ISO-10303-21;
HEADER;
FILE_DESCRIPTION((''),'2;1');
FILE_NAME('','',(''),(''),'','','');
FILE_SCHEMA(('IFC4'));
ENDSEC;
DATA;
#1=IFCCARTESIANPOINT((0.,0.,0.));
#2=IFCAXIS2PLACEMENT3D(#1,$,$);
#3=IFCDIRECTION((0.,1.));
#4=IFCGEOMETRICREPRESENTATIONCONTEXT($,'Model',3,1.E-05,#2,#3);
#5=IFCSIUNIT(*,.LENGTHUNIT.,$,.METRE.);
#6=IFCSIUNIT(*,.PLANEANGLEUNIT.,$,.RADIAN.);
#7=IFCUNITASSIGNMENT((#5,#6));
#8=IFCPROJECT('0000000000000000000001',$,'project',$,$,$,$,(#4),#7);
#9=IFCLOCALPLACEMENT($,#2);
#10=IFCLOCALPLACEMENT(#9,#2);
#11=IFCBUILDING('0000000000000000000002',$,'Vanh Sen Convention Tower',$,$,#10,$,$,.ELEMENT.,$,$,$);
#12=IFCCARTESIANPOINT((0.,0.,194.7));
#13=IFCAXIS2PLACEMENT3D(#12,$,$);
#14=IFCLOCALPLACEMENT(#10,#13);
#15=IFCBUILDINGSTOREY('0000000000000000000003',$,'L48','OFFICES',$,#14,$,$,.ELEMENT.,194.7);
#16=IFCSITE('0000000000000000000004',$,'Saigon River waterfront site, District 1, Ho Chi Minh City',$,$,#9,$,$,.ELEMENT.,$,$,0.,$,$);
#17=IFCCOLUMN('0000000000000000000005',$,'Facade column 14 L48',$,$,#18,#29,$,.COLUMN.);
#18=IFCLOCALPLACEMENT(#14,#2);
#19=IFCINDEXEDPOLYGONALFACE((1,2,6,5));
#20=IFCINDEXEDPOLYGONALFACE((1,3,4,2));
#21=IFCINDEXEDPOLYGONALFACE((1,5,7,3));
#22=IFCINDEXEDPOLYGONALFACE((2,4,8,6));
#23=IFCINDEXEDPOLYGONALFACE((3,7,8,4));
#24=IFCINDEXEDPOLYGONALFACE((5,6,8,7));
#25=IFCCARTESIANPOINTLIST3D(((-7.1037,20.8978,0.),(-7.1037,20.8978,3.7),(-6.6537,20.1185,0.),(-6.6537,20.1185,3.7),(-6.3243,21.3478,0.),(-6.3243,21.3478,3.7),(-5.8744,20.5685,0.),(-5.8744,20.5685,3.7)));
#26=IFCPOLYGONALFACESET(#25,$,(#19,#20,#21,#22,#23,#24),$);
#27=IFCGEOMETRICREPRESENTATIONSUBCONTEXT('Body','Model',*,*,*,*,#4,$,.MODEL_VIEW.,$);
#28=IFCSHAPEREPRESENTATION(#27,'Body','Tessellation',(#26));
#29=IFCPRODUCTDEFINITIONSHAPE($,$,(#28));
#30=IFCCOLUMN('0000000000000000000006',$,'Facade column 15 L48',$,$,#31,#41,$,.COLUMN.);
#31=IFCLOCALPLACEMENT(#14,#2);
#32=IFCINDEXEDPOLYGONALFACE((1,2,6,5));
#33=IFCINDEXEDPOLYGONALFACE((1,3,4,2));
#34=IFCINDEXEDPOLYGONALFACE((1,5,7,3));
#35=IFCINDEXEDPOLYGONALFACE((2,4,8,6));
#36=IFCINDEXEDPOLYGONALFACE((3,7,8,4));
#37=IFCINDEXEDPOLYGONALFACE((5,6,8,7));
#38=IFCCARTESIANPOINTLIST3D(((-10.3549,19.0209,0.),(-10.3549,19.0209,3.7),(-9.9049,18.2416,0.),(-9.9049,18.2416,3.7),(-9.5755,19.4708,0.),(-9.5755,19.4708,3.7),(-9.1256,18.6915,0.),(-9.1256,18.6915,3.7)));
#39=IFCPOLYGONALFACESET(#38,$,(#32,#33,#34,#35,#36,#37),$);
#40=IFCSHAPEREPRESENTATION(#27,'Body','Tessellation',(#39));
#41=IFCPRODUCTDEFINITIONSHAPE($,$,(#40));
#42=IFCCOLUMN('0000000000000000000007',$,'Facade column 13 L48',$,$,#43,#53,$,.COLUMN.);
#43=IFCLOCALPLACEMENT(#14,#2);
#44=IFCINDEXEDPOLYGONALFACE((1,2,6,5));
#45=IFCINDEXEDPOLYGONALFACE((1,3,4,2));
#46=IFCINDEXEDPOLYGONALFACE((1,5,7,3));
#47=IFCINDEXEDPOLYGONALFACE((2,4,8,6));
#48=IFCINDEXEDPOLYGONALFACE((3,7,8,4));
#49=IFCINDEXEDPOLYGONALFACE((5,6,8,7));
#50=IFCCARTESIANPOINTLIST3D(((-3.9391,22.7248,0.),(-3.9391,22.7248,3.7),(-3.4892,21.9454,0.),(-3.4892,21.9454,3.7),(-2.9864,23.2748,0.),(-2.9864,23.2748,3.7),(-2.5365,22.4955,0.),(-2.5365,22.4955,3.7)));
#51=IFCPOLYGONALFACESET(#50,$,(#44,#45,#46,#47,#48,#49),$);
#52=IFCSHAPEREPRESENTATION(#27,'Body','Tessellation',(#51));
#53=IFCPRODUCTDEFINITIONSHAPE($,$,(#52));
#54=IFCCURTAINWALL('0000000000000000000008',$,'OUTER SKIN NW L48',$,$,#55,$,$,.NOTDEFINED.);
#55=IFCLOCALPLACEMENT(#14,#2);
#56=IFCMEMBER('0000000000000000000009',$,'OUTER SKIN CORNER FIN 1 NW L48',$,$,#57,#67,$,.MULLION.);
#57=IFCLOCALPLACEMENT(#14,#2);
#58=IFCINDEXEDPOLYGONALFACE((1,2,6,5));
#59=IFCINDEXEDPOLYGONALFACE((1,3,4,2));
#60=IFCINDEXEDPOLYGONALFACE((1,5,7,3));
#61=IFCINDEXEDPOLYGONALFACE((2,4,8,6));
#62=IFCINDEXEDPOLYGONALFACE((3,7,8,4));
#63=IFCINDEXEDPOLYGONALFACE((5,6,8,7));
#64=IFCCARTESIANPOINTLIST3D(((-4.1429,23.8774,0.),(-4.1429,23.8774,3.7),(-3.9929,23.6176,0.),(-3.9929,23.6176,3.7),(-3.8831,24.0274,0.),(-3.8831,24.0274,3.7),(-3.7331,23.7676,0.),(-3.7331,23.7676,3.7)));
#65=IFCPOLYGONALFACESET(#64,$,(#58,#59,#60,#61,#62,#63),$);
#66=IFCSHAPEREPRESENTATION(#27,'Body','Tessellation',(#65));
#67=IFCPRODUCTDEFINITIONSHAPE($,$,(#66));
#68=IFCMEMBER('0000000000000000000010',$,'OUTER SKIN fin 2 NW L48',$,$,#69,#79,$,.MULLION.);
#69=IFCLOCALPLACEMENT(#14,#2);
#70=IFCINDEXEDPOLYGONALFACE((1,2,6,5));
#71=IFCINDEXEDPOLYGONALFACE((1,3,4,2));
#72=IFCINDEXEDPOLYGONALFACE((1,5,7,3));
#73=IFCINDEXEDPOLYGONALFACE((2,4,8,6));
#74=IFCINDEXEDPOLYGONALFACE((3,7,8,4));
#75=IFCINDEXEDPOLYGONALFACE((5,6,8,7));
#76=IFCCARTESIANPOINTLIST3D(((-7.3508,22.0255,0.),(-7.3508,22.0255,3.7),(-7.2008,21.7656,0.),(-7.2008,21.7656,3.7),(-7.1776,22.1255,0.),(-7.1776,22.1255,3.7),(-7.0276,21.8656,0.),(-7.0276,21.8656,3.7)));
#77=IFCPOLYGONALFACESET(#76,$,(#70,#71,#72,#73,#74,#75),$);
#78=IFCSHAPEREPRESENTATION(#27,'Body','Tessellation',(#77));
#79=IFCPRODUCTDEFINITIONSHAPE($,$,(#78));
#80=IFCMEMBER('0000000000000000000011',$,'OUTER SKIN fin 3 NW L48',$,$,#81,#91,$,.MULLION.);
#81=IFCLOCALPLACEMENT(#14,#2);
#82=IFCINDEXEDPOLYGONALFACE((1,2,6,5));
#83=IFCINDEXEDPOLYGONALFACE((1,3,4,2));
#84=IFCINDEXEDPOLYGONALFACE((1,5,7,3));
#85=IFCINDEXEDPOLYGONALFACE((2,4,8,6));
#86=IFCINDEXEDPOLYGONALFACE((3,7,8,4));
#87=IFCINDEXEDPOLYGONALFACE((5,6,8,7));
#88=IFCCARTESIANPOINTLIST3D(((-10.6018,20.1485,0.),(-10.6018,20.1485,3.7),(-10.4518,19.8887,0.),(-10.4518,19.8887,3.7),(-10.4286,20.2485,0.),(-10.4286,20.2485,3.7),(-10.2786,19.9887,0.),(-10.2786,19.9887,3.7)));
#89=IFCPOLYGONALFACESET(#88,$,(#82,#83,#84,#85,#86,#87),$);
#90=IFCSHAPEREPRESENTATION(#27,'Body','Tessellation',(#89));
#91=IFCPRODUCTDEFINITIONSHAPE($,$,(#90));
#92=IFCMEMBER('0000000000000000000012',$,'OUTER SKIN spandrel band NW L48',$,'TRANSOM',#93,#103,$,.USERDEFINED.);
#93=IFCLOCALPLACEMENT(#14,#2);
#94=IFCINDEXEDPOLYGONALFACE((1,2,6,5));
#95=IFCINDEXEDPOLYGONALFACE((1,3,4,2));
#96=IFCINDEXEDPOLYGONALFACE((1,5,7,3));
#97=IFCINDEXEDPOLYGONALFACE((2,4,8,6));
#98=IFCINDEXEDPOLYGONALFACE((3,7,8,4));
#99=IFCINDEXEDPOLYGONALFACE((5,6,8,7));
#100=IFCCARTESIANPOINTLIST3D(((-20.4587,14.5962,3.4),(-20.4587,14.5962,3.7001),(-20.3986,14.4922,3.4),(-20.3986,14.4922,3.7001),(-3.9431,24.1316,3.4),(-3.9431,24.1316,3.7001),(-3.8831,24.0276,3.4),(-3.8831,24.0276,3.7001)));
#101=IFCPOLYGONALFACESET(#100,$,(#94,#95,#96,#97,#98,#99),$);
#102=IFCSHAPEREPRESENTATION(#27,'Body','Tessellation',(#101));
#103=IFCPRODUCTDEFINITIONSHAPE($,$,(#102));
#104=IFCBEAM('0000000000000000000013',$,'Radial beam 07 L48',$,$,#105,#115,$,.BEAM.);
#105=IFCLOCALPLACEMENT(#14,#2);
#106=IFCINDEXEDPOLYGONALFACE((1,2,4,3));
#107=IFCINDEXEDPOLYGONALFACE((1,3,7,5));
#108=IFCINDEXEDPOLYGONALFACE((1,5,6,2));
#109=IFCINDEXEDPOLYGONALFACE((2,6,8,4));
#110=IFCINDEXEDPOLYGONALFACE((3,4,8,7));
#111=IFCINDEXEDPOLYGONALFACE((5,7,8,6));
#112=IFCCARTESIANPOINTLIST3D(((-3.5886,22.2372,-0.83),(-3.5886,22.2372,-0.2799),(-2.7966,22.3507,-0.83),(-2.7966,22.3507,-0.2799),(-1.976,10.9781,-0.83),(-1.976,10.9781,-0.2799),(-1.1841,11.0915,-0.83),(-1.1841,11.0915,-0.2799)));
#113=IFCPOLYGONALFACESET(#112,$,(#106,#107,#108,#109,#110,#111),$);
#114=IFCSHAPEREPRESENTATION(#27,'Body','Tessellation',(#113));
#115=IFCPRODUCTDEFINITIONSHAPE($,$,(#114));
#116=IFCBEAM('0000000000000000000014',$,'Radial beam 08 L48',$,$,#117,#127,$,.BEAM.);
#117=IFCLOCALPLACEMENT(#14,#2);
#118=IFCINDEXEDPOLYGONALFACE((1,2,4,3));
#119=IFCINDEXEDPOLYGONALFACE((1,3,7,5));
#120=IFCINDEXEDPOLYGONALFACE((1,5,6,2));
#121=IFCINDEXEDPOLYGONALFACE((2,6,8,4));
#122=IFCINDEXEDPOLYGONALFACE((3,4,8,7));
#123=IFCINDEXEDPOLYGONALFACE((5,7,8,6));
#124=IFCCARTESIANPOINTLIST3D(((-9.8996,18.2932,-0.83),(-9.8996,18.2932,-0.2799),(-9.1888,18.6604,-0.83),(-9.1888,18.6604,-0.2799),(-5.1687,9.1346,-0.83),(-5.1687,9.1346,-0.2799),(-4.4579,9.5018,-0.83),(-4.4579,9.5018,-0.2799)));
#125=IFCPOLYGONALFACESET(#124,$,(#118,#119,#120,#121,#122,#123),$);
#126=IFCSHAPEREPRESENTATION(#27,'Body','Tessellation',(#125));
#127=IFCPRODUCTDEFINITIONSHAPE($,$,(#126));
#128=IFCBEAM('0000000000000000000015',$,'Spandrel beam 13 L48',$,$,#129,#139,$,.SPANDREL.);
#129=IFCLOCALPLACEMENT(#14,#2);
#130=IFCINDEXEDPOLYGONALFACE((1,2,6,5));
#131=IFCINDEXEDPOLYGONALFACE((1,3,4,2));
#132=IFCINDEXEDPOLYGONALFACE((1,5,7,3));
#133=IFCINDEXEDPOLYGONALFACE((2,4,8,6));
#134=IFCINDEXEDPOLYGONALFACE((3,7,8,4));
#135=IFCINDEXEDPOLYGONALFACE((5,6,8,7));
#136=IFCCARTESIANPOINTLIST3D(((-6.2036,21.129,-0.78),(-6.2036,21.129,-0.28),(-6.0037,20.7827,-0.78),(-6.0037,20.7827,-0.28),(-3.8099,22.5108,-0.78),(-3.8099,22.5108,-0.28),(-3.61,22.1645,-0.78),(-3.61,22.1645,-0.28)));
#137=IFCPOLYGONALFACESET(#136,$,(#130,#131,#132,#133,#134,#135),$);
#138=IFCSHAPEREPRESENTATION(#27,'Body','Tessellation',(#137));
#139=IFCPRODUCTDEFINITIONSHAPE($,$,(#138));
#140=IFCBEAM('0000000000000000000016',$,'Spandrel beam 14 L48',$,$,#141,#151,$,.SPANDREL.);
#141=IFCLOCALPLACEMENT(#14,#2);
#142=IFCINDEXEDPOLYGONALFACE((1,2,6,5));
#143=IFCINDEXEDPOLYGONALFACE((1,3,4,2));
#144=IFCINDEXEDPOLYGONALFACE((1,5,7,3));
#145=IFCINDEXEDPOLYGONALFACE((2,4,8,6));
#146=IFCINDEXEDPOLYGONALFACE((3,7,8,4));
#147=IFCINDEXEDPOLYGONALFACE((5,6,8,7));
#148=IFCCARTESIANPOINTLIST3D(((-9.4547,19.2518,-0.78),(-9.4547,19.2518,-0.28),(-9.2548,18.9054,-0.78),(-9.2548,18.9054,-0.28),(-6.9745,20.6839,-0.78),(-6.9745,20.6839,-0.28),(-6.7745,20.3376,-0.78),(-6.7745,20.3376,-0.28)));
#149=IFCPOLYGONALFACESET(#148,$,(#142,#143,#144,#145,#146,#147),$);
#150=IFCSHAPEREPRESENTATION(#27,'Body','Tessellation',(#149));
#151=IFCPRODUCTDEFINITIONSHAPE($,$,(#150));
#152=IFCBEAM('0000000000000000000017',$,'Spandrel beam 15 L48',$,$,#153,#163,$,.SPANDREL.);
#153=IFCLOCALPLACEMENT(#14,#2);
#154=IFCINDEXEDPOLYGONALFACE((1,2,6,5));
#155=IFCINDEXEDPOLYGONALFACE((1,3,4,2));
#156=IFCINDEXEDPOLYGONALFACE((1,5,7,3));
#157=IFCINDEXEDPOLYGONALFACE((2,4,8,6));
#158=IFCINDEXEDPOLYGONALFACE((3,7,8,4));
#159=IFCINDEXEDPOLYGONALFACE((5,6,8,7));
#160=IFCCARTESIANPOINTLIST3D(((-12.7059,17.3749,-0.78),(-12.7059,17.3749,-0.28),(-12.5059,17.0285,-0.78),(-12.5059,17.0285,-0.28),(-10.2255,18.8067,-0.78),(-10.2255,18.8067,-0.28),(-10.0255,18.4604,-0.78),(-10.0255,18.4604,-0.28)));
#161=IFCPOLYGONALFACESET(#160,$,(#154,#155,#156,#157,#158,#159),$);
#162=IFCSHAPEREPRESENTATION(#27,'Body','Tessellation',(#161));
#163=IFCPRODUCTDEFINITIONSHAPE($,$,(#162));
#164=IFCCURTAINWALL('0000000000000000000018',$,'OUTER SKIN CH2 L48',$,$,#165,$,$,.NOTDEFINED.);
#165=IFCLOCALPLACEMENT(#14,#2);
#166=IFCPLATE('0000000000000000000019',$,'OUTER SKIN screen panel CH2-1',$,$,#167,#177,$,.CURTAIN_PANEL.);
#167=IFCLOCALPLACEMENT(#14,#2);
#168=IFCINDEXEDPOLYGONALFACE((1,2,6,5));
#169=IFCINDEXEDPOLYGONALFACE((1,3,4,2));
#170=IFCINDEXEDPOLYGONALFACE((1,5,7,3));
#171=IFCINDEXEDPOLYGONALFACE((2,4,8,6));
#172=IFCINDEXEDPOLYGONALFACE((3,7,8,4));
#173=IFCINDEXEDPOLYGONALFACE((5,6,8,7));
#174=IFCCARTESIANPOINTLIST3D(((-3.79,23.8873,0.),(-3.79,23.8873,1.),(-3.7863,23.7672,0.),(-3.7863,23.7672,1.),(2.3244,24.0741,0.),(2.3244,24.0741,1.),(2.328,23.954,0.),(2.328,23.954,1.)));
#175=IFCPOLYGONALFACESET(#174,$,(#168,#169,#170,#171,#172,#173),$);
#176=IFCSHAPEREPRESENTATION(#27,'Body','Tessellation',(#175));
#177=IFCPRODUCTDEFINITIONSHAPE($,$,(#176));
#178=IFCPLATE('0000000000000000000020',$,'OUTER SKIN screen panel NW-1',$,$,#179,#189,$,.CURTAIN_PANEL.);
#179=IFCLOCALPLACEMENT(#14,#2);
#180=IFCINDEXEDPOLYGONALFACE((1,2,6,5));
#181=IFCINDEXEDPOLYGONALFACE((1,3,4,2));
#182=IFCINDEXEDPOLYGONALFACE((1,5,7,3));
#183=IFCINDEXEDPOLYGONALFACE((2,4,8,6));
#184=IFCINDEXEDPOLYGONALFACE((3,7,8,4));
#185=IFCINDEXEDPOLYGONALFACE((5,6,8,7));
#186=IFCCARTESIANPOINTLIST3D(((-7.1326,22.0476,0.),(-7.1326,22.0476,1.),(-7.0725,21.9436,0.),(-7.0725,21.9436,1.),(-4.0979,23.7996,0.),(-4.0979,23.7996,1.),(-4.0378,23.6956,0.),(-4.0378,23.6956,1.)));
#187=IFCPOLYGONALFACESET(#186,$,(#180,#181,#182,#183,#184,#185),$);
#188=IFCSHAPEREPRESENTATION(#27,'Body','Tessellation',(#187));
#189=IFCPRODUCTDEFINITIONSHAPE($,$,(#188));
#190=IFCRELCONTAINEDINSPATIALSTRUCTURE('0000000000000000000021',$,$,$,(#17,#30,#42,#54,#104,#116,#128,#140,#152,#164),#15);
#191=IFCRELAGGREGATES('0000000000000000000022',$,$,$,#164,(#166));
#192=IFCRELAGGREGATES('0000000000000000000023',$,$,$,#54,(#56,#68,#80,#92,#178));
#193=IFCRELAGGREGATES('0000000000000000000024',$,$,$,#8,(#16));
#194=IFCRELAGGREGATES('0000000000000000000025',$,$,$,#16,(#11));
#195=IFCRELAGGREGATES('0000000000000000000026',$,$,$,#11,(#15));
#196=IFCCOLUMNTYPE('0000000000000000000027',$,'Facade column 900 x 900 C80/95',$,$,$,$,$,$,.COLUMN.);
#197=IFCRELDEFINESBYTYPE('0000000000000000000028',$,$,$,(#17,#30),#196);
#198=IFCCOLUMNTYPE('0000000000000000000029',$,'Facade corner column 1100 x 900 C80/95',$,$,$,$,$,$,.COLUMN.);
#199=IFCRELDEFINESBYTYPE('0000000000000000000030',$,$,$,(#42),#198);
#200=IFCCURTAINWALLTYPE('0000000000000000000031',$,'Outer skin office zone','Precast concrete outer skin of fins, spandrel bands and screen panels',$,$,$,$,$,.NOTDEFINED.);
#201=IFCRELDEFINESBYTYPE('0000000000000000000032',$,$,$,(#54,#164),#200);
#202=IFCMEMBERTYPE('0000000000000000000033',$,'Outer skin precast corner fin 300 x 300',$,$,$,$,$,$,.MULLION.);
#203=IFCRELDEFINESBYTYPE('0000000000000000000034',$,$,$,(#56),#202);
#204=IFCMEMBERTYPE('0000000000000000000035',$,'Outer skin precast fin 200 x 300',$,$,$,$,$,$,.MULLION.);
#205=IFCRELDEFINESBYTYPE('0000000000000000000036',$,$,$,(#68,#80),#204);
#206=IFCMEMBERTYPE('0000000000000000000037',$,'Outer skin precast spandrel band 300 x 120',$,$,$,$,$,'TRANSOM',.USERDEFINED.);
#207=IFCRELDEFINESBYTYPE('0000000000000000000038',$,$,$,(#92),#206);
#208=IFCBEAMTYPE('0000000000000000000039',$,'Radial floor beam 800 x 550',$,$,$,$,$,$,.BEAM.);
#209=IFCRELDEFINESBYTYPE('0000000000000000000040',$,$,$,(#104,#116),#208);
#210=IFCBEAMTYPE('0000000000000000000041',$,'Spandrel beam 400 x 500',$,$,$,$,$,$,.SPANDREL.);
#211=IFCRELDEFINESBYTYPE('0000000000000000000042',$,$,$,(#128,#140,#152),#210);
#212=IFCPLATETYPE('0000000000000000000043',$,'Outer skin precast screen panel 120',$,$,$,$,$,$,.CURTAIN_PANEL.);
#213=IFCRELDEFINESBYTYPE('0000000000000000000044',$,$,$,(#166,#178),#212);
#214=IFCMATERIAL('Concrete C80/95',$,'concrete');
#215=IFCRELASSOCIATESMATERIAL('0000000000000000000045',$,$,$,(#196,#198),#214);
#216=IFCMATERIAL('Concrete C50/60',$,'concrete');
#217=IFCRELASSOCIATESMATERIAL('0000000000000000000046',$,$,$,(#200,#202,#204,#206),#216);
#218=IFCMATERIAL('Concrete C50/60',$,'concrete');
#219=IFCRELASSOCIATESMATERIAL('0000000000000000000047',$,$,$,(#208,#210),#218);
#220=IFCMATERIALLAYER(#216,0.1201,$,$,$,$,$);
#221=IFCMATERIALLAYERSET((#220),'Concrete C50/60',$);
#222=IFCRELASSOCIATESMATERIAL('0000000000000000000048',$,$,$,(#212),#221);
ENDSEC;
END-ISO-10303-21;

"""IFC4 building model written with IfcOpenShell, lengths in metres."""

from ifc_helpers import new_model, si_unit, direction, frame, origin, origin_2d, place, context, subcontext, project, spatial, rectangle, extrude, material, layer, layer_set, material_profile, profile_set, type_object, element, aggregate, save


model = new_model("IFC4")

# Units and contexts
model_context = context("Model", 3, precision=1e-05, world=origin(), true_north=direction((0.0, 1.0)))
body_context = subcontext(model_context, "Body", "Model", "MODEL_VIEW")
ifc_project = project(units=[si_unit("LENGTHUNIT", "METRE"), si_unit("PLANEANGLEUNIT", "RADIAN")], contexts=[model_context])

# Site, building, storey
site_placement = place(None, origin())
site = spatial("IfcSite", under=ifc_project, at=site_placement, Name="Saigon River waterfront site, District 1, Ho Chi Minh City", CompositionType="ELEMENT", RefElevation=0.0)
building_placement = place(site_placement, origin())
building = spatial("IfcBuilding", under=site, at=building_placement, Name="Vanh Sen Convention Tower", CompositionType="ELEMENT")
storey_placement = place(building_placement, frame((0.0, 0.0, 194.7)))
storey = spatial("IfcBuildingStorey", under=building, at=storey_placement, Name="L48", Description="OFFICES", CompositionType="ELEMENT", Elevation=194.7)

# Columns
ifc_material_1 = material(Name="Concrete C80/95", Category="concrete")
ifc_material_profile_1 = material_profile(ifc_material_1, rectangle(XDim=0.8999, YDim=0.8999, at=origin_2d()), Name="RC 900X900")
ifc_profile_set_1 = profile_set([ifc_material_profile_1], Name="Concrete C80/95")
column_type_1 = type_object("IfcColumnType", Name="Facade column 900 x 900 C80/95", PredefinedType="COLUMN", material=ifc_profile_set_1)
for number, where, z_axis, x_axis, name in (
    (1, (-6.489, 20.7332, 0.0), (0.0, 0.0, 1.0), (-0.866025, -0.5, 0.0), "Facade column 14 L48"),
    (2, (-9.7402, 18.8562, 0.0), (0.0, 0.0, 1.0), (-0.866025, -0.5, 0.0), "Facade column 15 L48"),
):
    element("IfcColumn", number, at=place(storey_placement, frame(where, z_axis=z_axis, x_axis=x_axis)), inside=storey, type_object=column_type_1, Name=name, PredefinedType="COLUMN", context=body_context, shape_type="SweptSolid", body=[
        extrude(rectangle(XDim=0.8999, YDim=0.8999, at=origin_2d()), origin(), (0.0, 0.0, 1.0), 3.7),
    ])
ifc_material_profile_2 = material_profile(ifc_material_1, rectangle(XDim=1.1001, YDim=0.8999, at=origin_2d()), Name="RC 1100X900")
ifc_profile_set_2 = profile_set([ifc_material_profile_2], Name="Concrete C80/95")
column_type_2 = type_object("IfcColumnType", Name="Facade corner column 1100 x 900 C80/95", PredefinedType="COLUMN", material=ifc_profile_set_2)
column_placement = place(storey_placement, frame((-3.2378, 22.6101, 0.0), z_axis=(0.0, 0.0, 1.0), x_axis=(-0.866025, -0.5, 0.0)))
element("IfcColumn", 3, at=column_placement, inside=storey, type_object=column_type_2, Name="Facade column 13 L48", PredefinedType="COLUMN", context=body_context, shape_type="SweptSolid", body=[
    extrude(rectangle(XDim=1.1001, YDim=0.8999, at=origin_2d()), origin(), (0.0, 0.0, 1.0), 3.7),
])

# Curtain wall, members
ifc_material_2 = material(Name="Concrete C50/60", Category="concrete")
curtain_wall_type = type_object("IfcCurtainWallType", Name="Outer skin office zone", Description="Precast concrete outer skin of fins, spandrel bands and screen panels", PredefinedType="NOTDEFINED", material=ifc_material_2)
curtain_wall_1_placement = place(storey_placement, origin())
curtain_wall_1 = element("IfcCurtainWall", 4, at=curtain_wall_1_placement, inside=storey, type_object=curtain_wall_type, Name="OUTER SKIN NW L48", PredefinedType="NOTDEFINED")
ifc_material_profile_3 = material_profile(ifc_material_2, rectangle(XDim=0.3, YDim=0.3, at=origin_2d()), Name="Outer skin precast corner fin 300 x 300")
ifc_profile_set_3 = profile_set([ifc_material_profile_3], Name="Concrete C50/60")
member_type_1 = type_object("IfcMemberType", Name="Outer skin precast corner fin 300 x 300", PredefinedType="MULLION", material=ifc_profile_set_3)
member_1_placement = place(storey_placement, frame((-3.938, 23.8225, 0.0), z_axis=(0.0, 0.0, 1.0), x_axis=(-0.866025, -0.5, 0.0)))
member_1 = element("IfcMember", 5, at=member_1_placement, type_object=member_type_1, Name="OUTER SKIN CORNER FIN 1 NW L48", PredefinedType="MULLION", context=body_context, shape_type="SweptSolid", body=[
    extrude(rectangle(XDim=0.3, YDim=0.3, at=origin_2d()), origin(), (0.0, 0.0, 1.0), 3.7),
])
ifc_material_profile_4 = material_profile(ifc_material_2, rectangle(XDim=0.2, YDim=0.3, at=origin_2d()), Name="Outer skin precast fin 200 x 300")
ifc_profile_set_4 = profile_set([ifc_material_profile_4], Name="Concrete C50/60")
member_type_2 = type_object("IfcMemberType", Name="Outer skin precast fin 200 x 300", PredefinedType="MULLION", material=ifc_profile_set_4)
member_2_placement = place(storey_placement, frame((-7.1892, 21.9456, 0.0), z_axis=(0.0, 0.0, 1.0), x_axis=(-0.866025, -0.5, 0.0)))
member_2 = element("IfcMember", 6, at=member_2_placement, type_object=member_type_2, Name="OUTER SKIN fin 2 NW L48", PredefinedType="MULLION", context=body_context, shape_type="SweptSolid", body=[
    extrude(rectangle(XDim=0.2, YDim=0.3, at=origin_2d()), origin(), (0.0, 0.0, 1.0), 3.7),
])
member_3_placement = place(storey_placement, frame((-10.4402, 20.0686, 0.0), z_axis=(0.0, 0.0, 1.0), x_axis=(-0.866025, -0.5, 0.0)))
member_3 = element("IfcMember", 7, at=member_3_placement, type_object=member_type_2, Name="OUTER SKIN fin 3 NW L48", PredefinedType="MULLION", context=body_context, shape_type="SweptSolid", body=[
    extrude(rectangle(XDim=0.2, YDim=0.3, at=origin_2d()), origin(), (0.0, 0.0, 1.0), 3.7),
])
ifc_material_profile_5 = material_profile(ifc_material_2, rectangle(XDim=0.1201, YDim=0.3, at=origin_2d()), Name="Outer skin precast spandrel band 300 x 120")
ifc_profile_set_5 = profile_set([ifc_material_profile_5], Name="Concrete C50/60")
member_type_3 = type_object("IfcMemberType", Name="Outer skin precast spandrel band 300 x 120", ElementType="TRANSOM", PredefinedType="USERDEFINED", material=ifc_profile_set_5)
member_4_placement = place(storey_placement, frame((-3.9131, 24.0796, 3.55), z_axis=(-0.866023, -0.500004, 0.0), x_axis=(0.500004, -0.866023, 0.0)))
member_4 = element("IfcMember", 8, at=member_4_placement, type_object=member_type_3, Name="OUTER SKIN spandrel band NW L48", ObjectType="TRANSOM", PredefinedType="USERDEFINED", context=body_context, shape_type="SweptSolid", body=[
    extrude(rectangle(XDim=0.1201, YDim=0.3, at=origin_2d()), origin(), (0.0, 0.0, 1.0), 19.0706),
])

# Beams
ifc_material_3 = material(Name="Concrete C50/60", Category="concrete")
ifc_material_profile_6 = material_profile(ifc_material_3, rectangle(XDim=0.8, YDim=0.55, at=origin_2d()), Name="RC 800X550")
ifc_profile_set_6 = profile_set([ifc_material_profile_6], Name="Concrete C50/60")
beam_type_1 = type_object("IfcBeamType", Name="Radial floor beam 800 x 550", PredefinedType="BEAM", material=ifc_profile_set_6)
beam_1_placement = place(storey_placement, frame((-3.1926, 22.2939, -0.5549), z_axis=(0.141776, -0.989899, 0.0), x_axis=(0.989899, 0.141776, 0.0)))
element("IfcBeam", 9, at=beam_1_placement, inside=storey, type_object=beam_type_1, Name="Radial beam 07 L48", PredefinedType="BEAM", context=body_context, shape_type="SweptSolid", body=[
    extrude(rectangle(XDim=0.8, YDim=0.55, at=origin_2d()), origin(), (0.0, 0.0, 1.0), 11.374),
])
beam_2_placement = place(storey_placement, frame((-9.5442, 18.4768, -0.5549), z_axis=(0.458941, -0.888467, 0.0), x_axis=(0.888467, 0.458941, 0.0)))
element("IfcBeam", 10, at=beam_2_placement, inside=storey, type_object=beam_type_1, Name="Radial beam 08 L48", PredefinedType="BEAM", context=body_context, shape_type="SweptSolid", body=[
    extrude(rectangle(XDim=0.8, YDim=0.55, at=origin_2d()), origin(), (0.0, 0.0, 1.0), 10.3083),
])
ifc_material_profile_7 = material_profile(ifc_material_3, rectangle(XDim=0.3999, YDim=0.5, at=origin_2d()), Name="RC 400X500")
ifc_profile_set_7 = profile_set([ifc_material_profile_7], Name="Concrete C50/60")
beam_type_2 = type_object("IfcBeamType", Name="Spandrel beam 400 x 500", PredefinedType="SPANDREL", material=ifc_profile_set_7)
beam_3_placement = place(storey_placement, frame((-3.71, 22.3376, -0.53), z_axis=(-0.866061, -0.499939, 0.0), x_axis=(0.499939, -0.866061, 0.0)))
element("IfcBeam", 11, at=beam_3_placement, inside=storey, type_object=beam_type_2, Name="Spandrel beam 13 L48", PredefinedType="SPANDREL", context=body_context, shape_type="SweptSolid", body=[
    extrude(rectangle(XDim=0.3999, YDim=0.5, at=origin_2d()), origin(), (0.0, 0.0, 1.0), 2.7639),
])
for number, where, z_axis, x_axis, name in (
    (12, (-6.8745, 20.5107, -0.53), (-0.866, -0.500045, 0.0), (0.500045, -0.866, 0.0), "Spandrel beam 14 L48"),
    (13, (-10.1255, 18.6335, -0.53), (-0.866058, -0.499944, 0.0), (0.499944, -0.866058, 0.0), "Spandrel beam 15 L48"),
):
    element("IfcBeam", number, at=place(storey_placement, frame(where, z_axis=z_axis, x_axis=x_axis)), inside=storey, type_object=beam_type_2, Name=name, PredefinedType="SPANDREL", context=body_context, shape_type="SweptSolid", body=[
        extrude(rectangle(XDim=0.3999, YDim=0.5, at=origin_2d()), origin(), (0.0, 0.0, 1.0), 2.864),
    ])

# Curtain wall, plate
curtain_wall_2_placement = place(storey_placement, origin())
curtain_wall_2 = element("IfcCurtainWall", 14, at=curtain_wall_2_placement, inside=storey, type_object=curtain_wall_type, Name="OUTER SKIN CH2 L48", PredefinedType="NOTDEFINED")
ifc_layer_1 = layer(ifc_material_2, 0.1201)
ifc_layer_set_1 = layer_set([ifc_layer_1], Name="Concrete C50/60")
plate_type = type_object("IfcPlateType", Name="Outer skin precast screen panel 120", PredefinedType="CURTAIN_PANEL", material=ifc_layer_set_1)
plate_1_placement = place(storey_placement, frame((-0.731, 23.9207, 0.0), z_axis=(0.0, 0.0, 1.0), x_axis=(-0.999534, -0.030539, 0.0)))
plate_1 = element("IfcPlate", 15, at=plate_1_placement, type_object=plate_type, Name="OUTER SKIN screen panel CH2-1", PredefinedType="CURTAIN_PANEL", context=body_context, shape_type="SweptSolid", body=[
    extrude(rectangle(XDim=6.1172, YDim=0.1201, at=origin_2d()), origin(), (0.0, 0.0, 1.0), 1.0),
])
aggregate(curtain_wall_2, [plate_1])

# Plate
plate_2_placement = place(storey_placement, frame((-5.5852, 22.8716, 0.0), z_axis=(0.0, 0.0, 1.0), x_axis=(-0.866035, -0.499983, 0.0)))
plate_2 = element("IfcPlate", 16, at=plate_2_placement, type_object=plate_type, Name="OUTER SKIN screen panel NW-1", PredefinedType="CURTAIN_PANEL", context=body_context, shape_type="SweptSolid", body=[
    extrude(rectangle(XDim=3.5042, YDim=0.1201, at=origin_2d()), origin(), (0.0, 0.0, 1.0), 1.0),
])
aggregate(curtain_wall_1, [member_1, member_2, member_3, member_4, plate_2])

save(model, "model.ifc")
